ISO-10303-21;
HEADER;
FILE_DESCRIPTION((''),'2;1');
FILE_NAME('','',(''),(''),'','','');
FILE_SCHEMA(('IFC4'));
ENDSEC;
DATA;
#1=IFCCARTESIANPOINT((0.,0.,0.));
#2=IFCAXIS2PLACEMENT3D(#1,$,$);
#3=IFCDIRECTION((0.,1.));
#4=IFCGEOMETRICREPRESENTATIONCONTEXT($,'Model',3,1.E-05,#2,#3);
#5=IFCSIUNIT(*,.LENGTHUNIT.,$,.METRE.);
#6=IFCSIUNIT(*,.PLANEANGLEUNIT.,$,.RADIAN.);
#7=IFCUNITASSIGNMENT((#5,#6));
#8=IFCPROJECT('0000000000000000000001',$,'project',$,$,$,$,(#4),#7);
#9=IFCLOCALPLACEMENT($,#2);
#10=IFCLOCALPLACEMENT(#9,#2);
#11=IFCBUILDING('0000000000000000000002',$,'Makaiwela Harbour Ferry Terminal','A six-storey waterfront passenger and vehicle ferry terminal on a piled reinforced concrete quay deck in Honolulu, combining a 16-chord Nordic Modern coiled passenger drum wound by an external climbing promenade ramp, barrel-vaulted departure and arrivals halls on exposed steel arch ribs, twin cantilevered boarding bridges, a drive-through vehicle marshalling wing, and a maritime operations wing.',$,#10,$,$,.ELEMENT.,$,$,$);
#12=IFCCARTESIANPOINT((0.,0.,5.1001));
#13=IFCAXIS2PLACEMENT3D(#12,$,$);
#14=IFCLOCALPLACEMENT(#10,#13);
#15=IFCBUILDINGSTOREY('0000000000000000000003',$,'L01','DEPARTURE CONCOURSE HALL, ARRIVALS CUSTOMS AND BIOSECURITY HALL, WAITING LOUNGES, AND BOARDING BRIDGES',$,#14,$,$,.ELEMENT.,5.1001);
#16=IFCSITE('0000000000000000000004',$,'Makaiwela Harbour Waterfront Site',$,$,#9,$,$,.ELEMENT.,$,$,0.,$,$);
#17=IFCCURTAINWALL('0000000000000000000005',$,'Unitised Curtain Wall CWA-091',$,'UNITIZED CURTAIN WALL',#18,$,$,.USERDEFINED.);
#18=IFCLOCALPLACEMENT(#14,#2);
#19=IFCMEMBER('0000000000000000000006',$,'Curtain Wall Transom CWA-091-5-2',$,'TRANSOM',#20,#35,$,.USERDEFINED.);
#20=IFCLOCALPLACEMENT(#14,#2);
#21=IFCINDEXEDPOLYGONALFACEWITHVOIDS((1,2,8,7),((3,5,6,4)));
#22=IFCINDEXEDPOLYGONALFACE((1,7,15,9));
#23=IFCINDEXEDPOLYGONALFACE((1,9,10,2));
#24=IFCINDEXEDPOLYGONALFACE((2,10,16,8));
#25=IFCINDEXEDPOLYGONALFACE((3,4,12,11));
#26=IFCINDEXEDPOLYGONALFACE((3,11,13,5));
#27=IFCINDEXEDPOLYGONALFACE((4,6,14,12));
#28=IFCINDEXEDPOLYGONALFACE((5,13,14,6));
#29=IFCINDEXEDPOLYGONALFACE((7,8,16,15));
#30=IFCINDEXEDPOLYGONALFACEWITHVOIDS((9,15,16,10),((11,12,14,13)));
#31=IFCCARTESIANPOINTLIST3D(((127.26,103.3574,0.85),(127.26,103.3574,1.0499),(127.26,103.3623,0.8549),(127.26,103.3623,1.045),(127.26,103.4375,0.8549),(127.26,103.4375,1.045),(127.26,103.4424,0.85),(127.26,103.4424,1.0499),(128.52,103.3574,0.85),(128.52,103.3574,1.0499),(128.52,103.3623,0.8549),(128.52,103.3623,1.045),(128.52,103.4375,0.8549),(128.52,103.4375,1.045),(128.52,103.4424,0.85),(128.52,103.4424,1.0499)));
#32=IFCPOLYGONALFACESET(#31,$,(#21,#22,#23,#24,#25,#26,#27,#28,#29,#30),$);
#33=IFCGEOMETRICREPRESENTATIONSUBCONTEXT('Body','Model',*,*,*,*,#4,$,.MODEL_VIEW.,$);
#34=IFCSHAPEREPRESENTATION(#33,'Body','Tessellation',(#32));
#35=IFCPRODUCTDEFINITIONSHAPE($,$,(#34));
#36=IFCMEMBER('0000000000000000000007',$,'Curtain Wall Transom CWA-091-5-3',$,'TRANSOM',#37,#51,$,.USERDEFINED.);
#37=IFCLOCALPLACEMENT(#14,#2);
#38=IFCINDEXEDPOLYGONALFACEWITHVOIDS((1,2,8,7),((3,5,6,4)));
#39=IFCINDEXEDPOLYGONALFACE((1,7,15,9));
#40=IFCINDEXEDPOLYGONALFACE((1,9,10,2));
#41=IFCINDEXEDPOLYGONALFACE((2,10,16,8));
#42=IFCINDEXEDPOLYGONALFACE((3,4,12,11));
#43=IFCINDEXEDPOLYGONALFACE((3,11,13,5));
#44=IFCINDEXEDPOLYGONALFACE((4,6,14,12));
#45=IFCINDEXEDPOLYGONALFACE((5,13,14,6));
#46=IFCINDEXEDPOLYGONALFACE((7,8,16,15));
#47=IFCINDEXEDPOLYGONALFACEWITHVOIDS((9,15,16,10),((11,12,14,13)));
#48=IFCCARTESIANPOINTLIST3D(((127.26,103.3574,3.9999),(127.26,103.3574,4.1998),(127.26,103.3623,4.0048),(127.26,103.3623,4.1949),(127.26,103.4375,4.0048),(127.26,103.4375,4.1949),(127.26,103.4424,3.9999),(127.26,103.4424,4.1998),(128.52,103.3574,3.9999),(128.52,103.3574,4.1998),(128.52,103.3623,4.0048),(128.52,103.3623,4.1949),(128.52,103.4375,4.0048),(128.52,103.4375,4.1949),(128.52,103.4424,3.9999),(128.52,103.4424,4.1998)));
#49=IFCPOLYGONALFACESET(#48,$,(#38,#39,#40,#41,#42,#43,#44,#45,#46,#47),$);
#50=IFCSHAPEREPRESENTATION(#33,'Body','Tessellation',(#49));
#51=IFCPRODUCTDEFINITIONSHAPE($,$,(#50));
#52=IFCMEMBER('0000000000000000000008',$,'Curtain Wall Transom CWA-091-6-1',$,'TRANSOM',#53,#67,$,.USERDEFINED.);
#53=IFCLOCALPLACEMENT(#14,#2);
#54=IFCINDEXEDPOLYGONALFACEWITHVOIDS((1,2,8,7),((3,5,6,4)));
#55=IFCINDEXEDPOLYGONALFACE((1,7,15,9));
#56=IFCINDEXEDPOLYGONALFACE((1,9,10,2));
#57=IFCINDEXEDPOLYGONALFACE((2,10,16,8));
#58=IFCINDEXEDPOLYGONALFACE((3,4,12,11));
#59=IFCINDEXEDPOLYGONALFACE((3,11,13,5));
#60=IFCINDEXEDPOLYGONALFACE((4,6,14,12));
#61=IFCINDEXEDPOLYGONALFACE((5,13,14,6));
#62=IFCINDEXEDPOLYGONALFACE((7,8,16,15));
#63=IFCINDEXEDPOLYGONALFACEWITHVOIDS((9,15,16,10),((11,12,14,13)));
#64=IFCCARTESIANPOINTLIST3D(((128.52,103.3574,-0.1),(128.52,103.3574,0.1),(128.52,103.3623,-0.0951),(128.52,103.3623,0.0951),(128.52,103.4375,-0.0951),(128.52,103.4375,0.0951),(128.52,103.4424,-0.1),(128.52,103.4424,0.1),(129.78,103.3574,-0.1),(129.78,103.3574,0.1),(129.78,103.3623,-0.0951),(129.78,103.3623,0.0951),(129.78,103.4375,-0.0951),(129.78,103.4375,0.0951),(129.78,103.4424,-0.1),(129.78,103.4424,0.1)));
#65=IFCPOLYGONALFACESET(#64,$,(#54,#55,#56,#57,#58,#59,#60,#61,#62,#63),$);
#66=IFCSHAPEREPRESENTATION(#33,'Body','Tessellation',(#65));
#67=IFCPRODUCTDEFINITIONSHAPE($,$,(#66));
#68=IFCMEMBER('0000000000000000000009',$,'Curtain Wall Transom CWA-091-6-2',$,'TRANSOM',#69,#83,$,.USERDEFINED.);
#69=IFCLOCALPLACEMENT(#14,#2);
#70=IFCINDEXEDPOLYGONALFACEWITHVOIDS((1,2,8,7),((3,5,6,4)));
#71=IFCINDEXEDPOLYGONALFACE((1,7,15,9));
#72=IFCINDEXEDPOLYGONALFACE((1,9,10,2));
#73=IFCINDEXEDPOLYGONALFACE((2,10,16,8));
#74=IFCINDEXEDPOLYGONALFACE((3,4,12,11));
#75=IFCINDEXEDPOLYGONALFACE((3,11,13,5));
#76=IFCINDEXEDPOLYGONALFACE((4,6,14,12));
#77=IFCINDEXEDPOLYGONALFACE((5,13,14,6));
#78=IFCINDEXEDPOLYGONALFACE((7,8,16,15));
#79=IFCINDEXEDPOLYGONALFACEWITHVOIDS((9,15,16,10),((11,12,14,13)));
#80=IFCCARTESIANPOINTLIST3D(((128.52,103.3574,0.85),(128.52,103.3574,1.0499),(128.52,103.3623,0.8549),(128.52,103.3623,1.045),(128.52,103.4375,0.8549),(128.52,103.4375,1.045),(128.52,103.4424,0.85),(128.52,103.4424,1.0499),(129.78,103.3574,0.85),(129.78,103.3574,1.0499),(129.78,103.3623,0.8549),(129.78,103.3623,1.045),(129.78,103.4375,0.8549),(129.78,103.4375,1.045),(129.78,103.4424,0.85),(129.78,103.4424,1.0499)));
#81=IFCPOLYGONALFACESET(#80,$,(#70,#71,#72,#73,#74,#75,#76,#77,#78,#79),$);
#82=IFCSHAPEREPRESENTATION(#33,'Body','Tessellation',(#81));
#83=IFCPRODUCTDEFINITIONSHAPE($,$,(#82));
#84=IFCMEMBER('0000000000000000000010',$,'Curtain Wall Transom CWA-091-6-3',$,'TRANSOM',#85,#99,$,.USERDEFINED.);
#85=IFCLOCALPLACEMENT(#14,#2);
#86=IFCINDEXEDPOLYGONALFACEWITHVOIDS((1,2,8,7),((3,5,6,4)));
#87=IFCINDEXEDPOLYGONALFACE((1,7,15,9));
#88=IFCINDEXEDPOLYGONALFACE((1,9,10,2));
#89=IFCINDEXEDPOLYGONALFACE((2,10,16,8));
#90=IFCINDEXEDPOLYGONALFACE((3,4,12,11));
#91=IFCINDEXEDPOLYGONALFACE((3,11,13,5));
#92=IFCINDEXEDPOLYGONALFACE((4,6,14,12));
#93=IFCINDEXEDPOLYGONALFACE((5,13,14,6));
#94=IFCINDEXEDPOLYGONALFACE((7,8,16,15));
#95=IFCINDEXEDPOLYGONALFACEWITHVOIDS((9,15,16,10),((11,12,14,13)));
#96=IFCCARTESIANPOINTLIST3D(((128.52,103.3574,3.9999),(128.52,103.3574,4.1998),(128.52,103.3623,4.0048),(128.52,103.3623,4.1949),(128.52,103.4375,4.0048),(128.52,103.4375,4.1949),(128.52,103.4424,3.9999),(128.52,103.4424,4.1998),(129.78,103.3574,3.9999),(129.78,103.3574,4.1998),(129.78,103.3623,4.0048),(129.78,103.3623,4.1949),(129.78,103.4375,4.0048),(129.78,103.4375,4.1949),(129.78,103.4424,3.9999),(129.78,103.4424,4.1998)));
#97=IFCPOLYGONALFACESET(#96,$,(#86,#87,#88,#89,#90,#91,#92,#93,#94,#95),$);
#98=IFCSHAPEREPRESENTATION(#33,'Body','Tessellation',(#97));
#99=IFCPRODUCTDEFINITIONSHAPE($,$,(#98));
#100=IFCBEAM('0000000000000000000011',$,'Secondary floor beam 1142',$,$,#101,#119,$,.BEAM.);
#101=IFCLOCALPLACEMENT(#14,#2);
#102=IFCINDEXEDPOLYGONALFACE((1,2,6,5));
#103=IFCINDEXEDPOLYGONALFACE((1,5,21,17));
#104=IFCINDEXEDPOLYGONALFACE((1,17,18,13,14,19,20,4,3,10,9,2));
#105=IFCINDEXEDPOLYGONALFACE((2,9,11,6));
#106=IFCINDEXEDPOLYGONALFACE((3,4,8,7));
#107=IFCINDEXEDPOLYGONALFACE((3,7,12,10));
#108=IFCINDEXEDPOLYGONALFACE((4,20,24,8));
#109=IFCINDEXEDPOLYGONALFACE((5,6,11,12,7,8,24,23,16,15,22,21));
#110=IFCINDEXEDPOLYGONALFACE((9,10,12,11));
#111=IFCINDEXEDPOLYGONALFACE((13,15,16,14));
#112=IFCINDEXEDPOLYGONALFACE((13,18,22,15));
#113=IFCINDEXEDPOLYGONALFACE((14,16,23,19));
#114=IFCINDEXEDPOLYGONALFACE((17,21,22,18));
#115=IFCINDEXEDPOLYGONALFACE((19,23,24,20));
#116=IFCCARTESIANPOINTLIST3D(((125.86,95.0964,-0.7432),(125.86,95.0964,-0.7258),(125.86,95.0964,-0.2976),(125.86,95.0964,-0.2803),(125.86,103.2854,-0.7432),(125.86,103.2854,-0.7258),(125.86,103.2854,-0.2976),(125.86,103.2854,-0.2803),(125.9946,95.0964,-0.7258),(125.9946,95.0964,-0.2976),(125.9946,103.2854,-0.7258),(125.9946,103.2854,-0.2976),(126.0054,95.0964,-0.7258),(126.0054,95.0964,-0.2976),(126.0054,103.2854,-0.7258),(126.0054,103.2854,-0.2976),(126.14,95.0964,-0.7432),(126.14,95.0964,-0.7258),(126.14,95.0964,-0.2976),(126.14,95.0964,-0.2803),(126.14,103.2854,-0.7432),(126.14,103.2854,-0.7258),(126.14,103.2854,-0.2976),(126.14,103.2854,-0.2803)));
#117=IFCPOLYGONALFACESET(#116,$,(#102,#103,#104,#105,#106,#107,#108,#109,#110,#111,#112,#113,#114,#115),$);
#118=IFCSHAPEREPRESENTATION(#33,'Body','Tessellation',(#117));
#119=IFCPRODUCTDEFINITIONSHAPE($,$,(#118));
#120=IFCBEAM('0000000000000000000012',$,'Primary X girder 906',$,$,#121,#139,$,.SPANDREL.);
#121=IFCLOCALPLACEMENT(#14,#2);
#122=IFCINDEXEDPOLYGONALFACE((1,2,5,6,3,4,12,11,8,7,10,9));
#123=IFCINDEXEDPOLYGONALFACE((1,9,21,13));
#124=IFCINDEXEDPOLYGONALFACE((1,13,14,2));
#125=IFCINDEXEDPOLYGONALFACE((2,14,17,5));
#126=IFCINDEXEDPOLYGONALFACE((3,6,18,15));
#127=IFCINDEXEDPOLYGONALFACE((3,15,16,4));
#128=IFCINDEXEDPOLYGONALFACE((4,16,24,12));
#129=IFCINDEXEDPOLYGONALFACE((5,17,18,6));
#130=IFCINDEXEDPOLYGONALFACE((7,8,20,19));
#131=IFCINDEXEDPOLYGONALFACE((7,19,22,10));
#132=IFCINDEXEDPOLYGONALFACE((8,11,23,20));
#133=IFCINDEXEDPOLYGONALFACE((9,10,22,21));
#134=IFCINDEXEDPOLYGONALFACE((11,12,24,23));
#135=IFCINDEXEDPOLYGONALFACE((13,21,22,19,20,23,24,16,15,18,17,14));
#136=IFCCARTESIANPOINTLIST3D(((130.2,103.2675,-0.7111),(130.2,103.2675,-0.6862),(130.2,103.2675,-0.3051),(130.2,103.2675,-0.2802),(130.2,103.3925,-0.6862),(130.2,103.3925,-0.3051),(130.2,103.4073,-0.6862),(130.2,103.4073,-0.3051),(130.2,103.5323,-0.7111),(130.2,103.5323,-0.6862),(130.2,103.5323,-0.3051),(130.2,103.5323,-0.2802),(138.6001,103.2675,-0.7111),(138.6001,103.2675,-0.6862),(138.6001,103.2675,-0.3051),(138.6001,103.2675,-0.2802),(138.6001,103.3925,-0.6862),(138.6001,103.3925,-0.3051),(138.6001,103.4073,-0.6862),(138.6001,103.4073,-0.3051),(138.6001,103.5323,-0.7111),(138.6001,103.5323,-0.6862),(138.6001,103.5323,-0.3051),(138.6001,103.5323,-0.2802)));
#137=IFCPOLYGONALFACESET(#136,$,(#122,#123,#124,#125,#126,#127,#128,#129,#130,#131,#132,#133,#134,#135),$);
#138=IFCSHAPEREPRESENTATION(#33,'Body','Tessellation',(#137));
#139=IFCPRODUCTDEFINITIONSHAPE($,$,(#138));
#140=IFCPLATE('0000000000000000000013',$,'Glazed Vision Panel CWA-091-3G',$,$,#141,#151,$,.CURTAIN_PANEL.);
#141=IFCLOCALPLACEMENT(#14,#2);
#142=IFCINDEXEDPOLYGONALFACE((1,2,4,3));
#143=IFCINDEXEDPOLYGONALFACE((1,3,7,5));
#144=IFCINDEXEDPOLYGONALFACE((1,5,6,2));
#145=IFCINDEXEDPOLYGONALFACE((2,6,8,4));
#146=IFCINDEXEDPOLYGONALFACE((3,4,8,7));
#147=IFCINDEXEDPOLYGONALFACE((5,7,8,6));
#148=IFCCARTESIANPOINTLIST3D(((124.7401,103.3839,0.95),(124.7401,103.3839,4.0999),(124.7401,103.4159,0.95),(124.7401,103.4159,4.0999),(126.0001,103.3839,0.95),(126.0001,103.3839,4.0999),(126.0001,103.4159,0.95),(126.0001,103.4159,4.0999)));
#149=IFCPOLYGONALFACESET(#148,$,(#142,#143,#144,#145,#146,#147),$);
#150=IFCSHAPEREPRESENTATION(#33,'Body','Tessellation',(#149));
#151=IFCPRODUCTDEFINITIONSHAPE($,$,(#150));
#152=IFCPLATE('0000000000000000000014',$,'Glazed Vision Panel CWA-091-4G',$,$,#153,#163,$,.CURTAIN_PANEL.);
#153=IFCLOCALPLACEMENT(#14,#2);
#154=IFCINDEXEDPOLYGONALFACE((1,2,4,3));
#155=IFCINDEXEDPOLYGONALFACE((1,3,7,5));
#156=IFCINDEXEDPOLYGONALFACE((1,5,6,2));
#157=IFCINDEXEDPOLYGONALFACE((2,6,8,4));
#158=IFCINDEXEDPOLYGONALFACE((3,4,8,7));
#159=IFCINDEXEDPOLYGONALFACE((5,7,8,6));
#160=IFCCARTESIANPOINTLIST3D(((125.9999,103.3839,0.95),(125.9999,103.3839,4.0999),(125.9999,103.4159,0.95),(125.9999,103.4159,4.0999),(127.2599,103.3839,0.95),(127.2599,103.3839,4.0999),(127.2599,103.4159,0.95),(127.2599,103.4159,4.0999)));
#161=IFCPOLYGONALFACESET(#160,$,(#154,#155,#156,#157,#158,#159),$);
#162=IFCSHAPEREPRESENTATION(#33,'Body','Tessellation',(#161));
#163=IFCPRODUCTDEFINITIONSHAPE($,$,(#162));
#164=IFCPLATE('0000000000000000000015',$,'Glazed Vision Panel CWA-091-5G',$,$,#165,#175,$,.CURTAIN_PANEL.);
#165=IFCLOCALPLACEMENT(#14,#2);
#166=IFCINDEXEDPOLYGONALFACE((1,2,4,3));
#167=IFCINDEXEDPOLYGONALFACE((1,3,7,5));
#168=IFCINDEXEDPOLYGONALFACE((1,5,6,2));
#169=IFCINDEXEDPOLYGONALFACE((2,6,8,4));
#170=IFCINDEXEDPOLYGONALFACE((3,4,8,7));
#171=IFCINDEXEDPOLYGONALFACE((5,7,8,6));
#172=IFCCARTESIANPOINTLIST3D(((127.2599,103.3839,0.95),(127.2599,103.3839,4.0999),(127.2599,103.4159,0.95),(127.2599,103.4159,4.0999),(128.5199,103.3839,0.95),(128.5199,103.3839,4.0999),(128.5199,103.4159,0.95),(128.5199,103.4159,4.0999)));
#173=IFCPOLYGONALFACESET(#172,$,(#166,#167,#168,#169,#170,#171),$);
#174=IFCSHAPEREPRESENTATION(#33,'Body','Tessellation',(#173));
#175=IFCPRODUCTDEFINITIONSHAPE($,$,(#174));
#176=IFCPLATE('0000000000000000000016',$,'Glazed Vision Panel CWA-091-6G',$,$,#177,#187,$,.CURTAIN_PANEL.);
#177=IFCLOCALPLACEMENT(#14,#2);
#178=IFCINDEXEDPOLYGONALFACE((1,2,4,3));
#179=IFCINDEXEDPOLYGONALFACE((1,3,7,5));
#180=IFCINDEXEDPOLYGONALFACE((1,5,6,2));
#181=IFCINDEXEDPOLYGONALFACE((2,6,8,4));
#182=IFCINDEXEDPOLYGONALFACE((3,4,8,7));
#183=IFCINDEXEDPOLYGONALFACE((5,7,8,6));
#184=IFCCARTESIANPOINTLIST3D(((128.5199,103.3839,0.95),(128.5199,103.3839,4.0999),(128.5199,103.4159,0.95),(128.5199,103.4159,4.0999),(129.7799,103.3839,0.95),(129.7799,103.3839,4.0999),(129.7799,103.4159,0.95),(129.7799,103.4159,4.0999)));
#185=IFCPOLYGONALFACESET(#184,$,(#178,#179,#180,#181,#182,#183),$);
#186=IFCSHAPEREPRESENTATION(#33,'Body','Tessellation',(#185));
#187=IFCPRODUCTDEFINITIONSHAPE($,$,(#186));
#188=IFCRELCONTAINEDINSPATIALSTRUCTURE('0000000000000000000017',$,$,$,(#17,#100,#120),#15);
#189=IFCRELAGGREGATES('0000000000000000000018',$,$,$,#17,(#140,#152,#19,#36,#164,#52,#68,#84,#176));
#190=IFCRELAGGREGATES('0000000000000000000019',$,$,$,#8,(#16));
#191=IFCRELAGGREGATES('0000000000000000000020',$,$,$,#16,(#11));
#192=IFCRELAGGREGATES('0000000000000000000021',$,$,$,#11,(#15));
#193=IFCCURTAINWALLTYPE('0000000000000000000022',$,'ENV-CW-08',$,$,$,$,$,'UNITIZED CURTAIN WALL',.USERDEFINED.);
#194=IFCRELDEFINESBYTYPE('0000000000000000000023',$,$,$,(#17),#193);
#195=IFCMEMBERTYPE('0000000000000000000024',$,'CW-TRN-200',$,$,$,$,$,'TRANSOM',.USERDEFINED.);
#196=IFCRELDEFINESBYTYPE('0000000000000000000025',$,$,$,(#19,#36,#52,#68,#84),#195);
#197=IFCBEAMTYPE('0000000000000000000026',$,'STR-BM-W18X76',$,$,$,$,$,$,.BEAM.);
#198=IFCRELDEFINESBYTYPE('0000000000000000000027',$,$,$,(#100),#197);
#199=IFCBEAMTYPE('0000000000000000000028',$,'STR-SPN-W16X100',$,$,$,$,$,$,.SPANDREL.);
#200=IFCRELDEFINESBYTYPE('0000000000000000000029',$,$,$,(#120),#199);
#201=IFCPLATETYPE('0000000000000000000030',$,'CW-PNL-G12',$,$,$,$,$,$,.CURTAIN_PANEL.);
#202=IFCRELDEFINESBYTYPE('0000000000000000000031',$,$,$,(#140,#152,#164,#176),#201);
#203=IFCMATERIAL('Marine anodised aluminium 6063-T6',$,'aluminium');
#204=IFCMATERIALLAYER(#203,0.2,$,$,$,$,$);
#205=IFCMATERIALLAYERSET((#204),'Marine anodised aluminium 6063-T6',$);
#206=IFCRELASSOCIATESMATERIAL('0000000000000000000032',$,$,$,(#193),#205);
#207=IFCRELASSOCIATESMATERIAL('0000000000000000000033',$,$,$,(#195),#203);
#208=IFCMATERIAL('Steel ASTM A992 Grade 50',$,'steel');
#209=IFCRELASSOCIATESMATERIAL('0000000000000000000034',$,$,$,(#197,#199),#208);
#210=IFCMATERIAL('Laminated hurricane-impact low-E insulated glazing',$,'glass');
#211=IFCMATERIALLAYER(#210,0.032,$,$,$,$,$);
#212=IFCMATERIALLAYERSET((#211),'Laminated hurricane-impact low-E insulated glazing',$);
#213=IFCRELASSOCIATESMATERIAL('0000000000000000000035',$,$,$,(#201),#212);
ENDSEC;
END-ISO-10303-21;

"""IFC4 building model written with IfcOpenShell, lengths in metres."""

from ifc_helpers import new_model, si_unit, direction, frame, origin, origin_2d, place, context, subcontext, project, spatial, rectangle, hollow_rectangle, i_section, extrude, material, layer, layer_set, material_profile, profile_set, type_object, element, aggregate, save


model = new_model("IFC4")

# Units and contexts
model_context = context("Model", 3, precision=1e-05, world=origin(), true_north=direction((0.0, 1.0)))
body_context = subcontext(model_context, "Body", "Model", "MODEL_VIEW")
ifc_project = project(units=[si_unit("LENGTHUNIT", "METRE"), si_unit("PLANEANGLEUNIT", "RADIAN")], contexts=[model_context])

# Site, building, storey
site_placement = place(None, origin())
site = spatial("IfcSite", under=ifc_project, at=site_placement, Name="Makaiwela Harbour Waterfront Site", CompositionType="ELEMENT", RefElevation=0.0)
building_placement = place(site_placement, origin())
building = spatial("IfcBuilding", under=site, at=building_placement, Name="Makaiwela Harbour Ferry Terminal", Description="A six-storey waterfront passenger and vehicle ferry terminal on a piled reinforced concrete quay deck in Honolulu, combining a 16-chord Nordic Modern coiled passenger drum wound by an external climbing promenade ramp, barrel-vaulted departure and arrivals halls on exposed steel arch ribs, twin cantilevered boarding bridges, a drive-through vehicle marshalling wing, and a maritime operations wing.", CompositionType="ELEMENT")
storey_placement = place(building_placement, frame((0.0, 0.0, 5.1001)))
storey = spatial("IfcBuildingStorey", under=building, at=storey_placement, Name="L01", Description="DEPARTURE CONCOURSE HALL, ARRIVALS CUSTOMS AND BIOSECURITY HALL, WAITING LOUNGES, AND BOARDING BRIDGES", CompositionType="ELEMENT", Elevation=5.1001)

# Shared definitions
ifc_material_1 = material(Name="Steel ASTM A992 Grade 50", Category="steel")

# Curtain wall
ifc_material_2 = material(Name="Marine anodised aluminium 6063-T6", Category="aluminium")
ifc_layer_1 = layer(ifc_material_2, 0.2)
ifc_layer_set_1 = layer_set([ifc_layer_1], Name="Marine anodised aluminium 6063-T6")
curtain_wall_type = type_object("IfcCurtainWallType", Name="ENV-CW-08", ElementType="UNITIZED CURTAIN WALL", PredefinedType="USERDEFINED", material=ifc_layer_set_1)
curtain_wall_1_placement = place(storey_placement, origin())
curtain_wall_1 = element("IfcCurtainWall", 1, at=curtain_wall_1_placement, inside=storey, type_object=curtain_wall_type, Name="Unitised Curtain Wall CWA-091", ObjectType="UNITIZED CURTAIN WALL", PredefinedType="USERDEFINED")

# Members
ifc_material_profile_1 = material_profile(ifc_material_2, hollow_rectangle(XDim=0.085, YDim=0.2, WallThickness=0.0049, at=origin_2d()), Name="CWT-200X85")
ifc_profile_set_1 = profile_set([ifc_material_profile_1], Name="Marine anodised aluminium 6063-T6")
member_type_1 = type_object("IfcMemberType", Name="CW-TRN-200", ElementType="TRANSOM", PredefinedType="USERDEFINED", material=ifc_profile_set_1)
member_1_placement = place(storey_placement, frame((127.26, 103.3999, 0.95), z_axis=(1.0, 0.0, 0.0), x_axis=(0.0, 1.0, 0.0)))
member_1 = element("IfcMember", 2, at=member_1_placement, type_object=member_type_1, Name="Curtain Wall Transom CWA-091-5-2", ObjectType="TRANSOM", PredefinedType="USERDEFINED", context=body_context, shape_type="SweptSolid", body=[
    extrude(hollow_rectangle(XDim=0.085, YDim=0.2, WallThickness=0.0049, at=origin_2d()), origin(), (0.0, 0.0, 1.0), 1.26),
])
member_2_placement = place(storey_placement, frame((127.26, 103.3999, 4.0999), z_axis=(1.0, 0.0, 0.0), x_axis=(0.0, 1.0, 0.0)))
member_2 = element("IfcMember", 3, at=member_2_placement, type_object=member_type_1, Name="Curtain Wall Transom CWA-091-5-3", ObjectType="TRANSOM", PredefinedType="USERDEFINED", context=body_context, shape_type="SweptSolid", body=[
    extrude(hollow_rectangle(XDim=0.085, YDim=0.2, WallThickness=0.0049, at=origin_2d()), origin(), (0.0, 0.0, 1.0), 1.26),
])
member_3_placement = place(storey_placement, frame((128.52, 103.3999, 0.0), z_axis=(1.0, 0.0, 0.0), x_axis=(0.0, 1.0, 0.0)))
member_3 = element("IfcMember", 4, at=member_3_placement, type_object=member_type_1, Name="Curtain Wall Transom CWA-091-6-1", ObjectType="TRANSOM", PredefinedType="USERDEFINED", context=body_context, shape_type="SweptSolid", body=[
    extrude(hollow_rectangle(XDim=0.085, YDim=0.2, WallThickness=0.0049, at=origin_2d()), origin(), (0.0, 0.0, 1.0), 1.26),
])
member_4_placement = place(storey_placement, frame((128.52, 103.3999, 0.95), z_axis=(1.0, 0.0, 0.0), x_axis=(0.0, 1.0, 0.0)))
member_4 = element("IfcMember", 5, at=member_4_placement, type_object=member_type_1, Name="Curtain Wall Transom CWA-091-6-2", ObjectType="TRANSOM", PredefinedType="USERDEFINED", context=body_context, shape_type="SweptSolid", body=[
    extrude(hollow_rectangle(XDim=0.085, YDim=0.2, WallThickness=0.0049, at=origin_2d()), origin(), (0.0, 0.0, 1.0), 1.26),
])
member_5_placement = place(storey_placement, frame((128.52, 103.3999, 4.0999), z_axis=(1.0, 0.0, 0.0), x_axis=(0.0, 1.0, 0.0)))
member_5 = element("IfcMember", 6, at=member_5_placement, type_object=member_type_1, Name="Curtain Wall Transom CWA-091-6-3", ObjectType="TRANSOM", PredefinedType="USERDEFINED", context=body_context, shape_type="SweptSolid", body=[
    extrude(hollow_rectangle(XDim=0.085, YDim=0.2, WallThickness=0.0049, at=origin_2d()), origin(), (0.0, 0.0, 1.0), 1.26),
])

# Beams
ifc_material_profile_2 = material_profile(ifc_material_1, i_section(OverallWidth=0.28, OverallDepth=0.4629, WebThickness=0.0107, FlangeThickness=0.0173, at=origin_2d()), Name="W18X76")
ifc_profile_set_2 = profile_set([ifc_material_profile_2], Name="Steel ASTM A992 Grade 50")
beam_type_1 = type_object("IfcBeamType", Name="STR-BM-W18X76", PredefinedType="BEAM", material=ifc_profile_set_2)
beam_1_placement = place(storey_placement, frame((126.0, 95.0964, -0.5117), z_axis=(0.0, 1.0, 0.0), x_axis=(-1.0, 0.0, 0.0)))
element("IfcBeam", 7, at=beam_1_placement, inside=storey, type_object=beam_type_1, Name="Secondary floor beam 1142", PredefinedType="BEAM", context=body_context, shape_type="SweptSolid", body=[
    extrude(i_section(OverallWidth=0.28, OverallDepth=0.4629, WebThickness=0.0107, FlangeThickness=0.0173, at=origin_2d()), origin(), (0.0, 0.0, 1.0), 8.189),
])
ifc_material_profile_3 = material_profile(ifc_material_1, i_section(OverallWidth=0.2649, OverallDepth=0.4309, WebThickness=0.0149, FlangeThickness=0.0249, at=origin_2d()), Name="W16X100")
ifc_profile_set_3 = profile_set([ifc_material_profile_3], Name="Steel ASTM A992 Grade 50")
beam_type_2 = type_object("IfcBeamType", Name="STR-SPN-W16X100", PredefinedType="SPANDREL", material=ifc_profile_set_3)
beam_2_placement = place(storey_placement, frame((130.2, 103.3999, -0.4956), z_axis=(1.0, 0.0, 0.0), x_axis=(0.0, 1.0, 0.0)))
element("IfcBeam", 8, at=beam_2_placement, inside=storey, type_object=beam_type_2, Name="Primary X girder 906", PredefinedType="SPANDREL", context=body_context, shape_type="SweptSolid", body=[
    extrude(i_section(OverallWidth=0.2649, OverallDepth=0.4309, WebThickness=0.0149, FlangeThickness=0.0249, at=origin_2d()), origin(), (0.0, 0.0, 1.0), 8.4001),
])

# Plates
ifc_material_3 = material(Name="Laminated hurricane-impact low-E insulated glazing", Category="glass")
ifc_layer_2 = layer(ifc_material_3, 0.032)
ifc_layer_set_2 = layer_set([ifc_layer_2], Name="Laminated hurricane-impact low-E insulated glazing")
plate_type_1 = type_object("IfcPlateType", Name="CW-PNL-G12", PredefinedType="CURTAIN_PANEL", material=ifc_layer_set_2)
plate_1_placement = place(storey_placement, frame((125.3701, 103.3999, 0.95), z_axis=(0.0, 0.0, 1.0), x_axis=(1.0, 0.0, 0.0)))
plate_1 = element("IfcPlate", 9, at=plate_1_placement, type_object=plate_type_1, Name="Glazed Vision Panel CWA-091-3G", PredefinedType="CURTAIN_PANEL", context=body_context, shape_type="SweptSolid", body=[
    extrude(rectangle(XDim=1.26, YDim=0.032, at=origin_2d()), origin(), (0.0, 0.0, 1.0), 3.1499),
])
plate_2_placement = place(storey_placement, frame((126.6299, 103.3999, 0.95), z_axis=(0.0, 0.0, 1.0), x_axis=(1.0, 0.0, 0.0)))
plate_2 = element("IfcPlate", 10, at=plate_2_placement, type_object=plate_type_1, Name="Glazed Vision Panel CWA-091-4G", PredefinedType="CURTAIN_PANEL", context=body_context, shape_type="SweptSolid", body=[
    extrude(rectangle(XDim=1.26, YDim=0.032, at=origin_2d()), origin(), (0.0, 0.0, 1.0), 3.1499),
])
plate_3_placement = place(storey_placement, frame((127.8899, 103.3999, 0.95), z_axis=(0.0, 0.0, 1.0), x_axis=(1.0, 0.0, 0.0)))
plate_3 = element("IfcPlate", 11, at=plate_3_placement, type_object=plate_type_1, Name="Glazed Vision Panel CWA-091-5G", PredefinedType="CURTAIN_PANEL", context=body_context, shape_type="SweptSolid", body=[
    extrude(rectangle(XDim=1.26, YDim=0.032, at=origin_2d()), origin(), (0.0, 0.0, 1.0), 3.1499),
])
plate_4_placement = place(storey_placement, frame((129.1499, 103.3999, 0.95), z_axis=(0.0, 0.0, 1.0), x_axis=(1.0, 0.0, 0.0)))
plate_4 = element("IfcPlate", 12, at=plate_4_placement, type_object=plate_type_1, Name="Glazed Vision Panel CWA-091-6G", PredefinedType="CURTAIN_PANEL", context=body_context, shape_type="SweptSolid", body=[
    extrude(rectangle(XDim=1.26, YDim=0.032, at=origin_2d()), origin(), (0.0, 0.0, 1.0), 3.1499),
])
aggregate(curtain_wall_1, [plate_1, plate_2, member_1, member_2, plate_3, member_3, member_4, member_5, plate_4])

save(model, "model.ifc")
